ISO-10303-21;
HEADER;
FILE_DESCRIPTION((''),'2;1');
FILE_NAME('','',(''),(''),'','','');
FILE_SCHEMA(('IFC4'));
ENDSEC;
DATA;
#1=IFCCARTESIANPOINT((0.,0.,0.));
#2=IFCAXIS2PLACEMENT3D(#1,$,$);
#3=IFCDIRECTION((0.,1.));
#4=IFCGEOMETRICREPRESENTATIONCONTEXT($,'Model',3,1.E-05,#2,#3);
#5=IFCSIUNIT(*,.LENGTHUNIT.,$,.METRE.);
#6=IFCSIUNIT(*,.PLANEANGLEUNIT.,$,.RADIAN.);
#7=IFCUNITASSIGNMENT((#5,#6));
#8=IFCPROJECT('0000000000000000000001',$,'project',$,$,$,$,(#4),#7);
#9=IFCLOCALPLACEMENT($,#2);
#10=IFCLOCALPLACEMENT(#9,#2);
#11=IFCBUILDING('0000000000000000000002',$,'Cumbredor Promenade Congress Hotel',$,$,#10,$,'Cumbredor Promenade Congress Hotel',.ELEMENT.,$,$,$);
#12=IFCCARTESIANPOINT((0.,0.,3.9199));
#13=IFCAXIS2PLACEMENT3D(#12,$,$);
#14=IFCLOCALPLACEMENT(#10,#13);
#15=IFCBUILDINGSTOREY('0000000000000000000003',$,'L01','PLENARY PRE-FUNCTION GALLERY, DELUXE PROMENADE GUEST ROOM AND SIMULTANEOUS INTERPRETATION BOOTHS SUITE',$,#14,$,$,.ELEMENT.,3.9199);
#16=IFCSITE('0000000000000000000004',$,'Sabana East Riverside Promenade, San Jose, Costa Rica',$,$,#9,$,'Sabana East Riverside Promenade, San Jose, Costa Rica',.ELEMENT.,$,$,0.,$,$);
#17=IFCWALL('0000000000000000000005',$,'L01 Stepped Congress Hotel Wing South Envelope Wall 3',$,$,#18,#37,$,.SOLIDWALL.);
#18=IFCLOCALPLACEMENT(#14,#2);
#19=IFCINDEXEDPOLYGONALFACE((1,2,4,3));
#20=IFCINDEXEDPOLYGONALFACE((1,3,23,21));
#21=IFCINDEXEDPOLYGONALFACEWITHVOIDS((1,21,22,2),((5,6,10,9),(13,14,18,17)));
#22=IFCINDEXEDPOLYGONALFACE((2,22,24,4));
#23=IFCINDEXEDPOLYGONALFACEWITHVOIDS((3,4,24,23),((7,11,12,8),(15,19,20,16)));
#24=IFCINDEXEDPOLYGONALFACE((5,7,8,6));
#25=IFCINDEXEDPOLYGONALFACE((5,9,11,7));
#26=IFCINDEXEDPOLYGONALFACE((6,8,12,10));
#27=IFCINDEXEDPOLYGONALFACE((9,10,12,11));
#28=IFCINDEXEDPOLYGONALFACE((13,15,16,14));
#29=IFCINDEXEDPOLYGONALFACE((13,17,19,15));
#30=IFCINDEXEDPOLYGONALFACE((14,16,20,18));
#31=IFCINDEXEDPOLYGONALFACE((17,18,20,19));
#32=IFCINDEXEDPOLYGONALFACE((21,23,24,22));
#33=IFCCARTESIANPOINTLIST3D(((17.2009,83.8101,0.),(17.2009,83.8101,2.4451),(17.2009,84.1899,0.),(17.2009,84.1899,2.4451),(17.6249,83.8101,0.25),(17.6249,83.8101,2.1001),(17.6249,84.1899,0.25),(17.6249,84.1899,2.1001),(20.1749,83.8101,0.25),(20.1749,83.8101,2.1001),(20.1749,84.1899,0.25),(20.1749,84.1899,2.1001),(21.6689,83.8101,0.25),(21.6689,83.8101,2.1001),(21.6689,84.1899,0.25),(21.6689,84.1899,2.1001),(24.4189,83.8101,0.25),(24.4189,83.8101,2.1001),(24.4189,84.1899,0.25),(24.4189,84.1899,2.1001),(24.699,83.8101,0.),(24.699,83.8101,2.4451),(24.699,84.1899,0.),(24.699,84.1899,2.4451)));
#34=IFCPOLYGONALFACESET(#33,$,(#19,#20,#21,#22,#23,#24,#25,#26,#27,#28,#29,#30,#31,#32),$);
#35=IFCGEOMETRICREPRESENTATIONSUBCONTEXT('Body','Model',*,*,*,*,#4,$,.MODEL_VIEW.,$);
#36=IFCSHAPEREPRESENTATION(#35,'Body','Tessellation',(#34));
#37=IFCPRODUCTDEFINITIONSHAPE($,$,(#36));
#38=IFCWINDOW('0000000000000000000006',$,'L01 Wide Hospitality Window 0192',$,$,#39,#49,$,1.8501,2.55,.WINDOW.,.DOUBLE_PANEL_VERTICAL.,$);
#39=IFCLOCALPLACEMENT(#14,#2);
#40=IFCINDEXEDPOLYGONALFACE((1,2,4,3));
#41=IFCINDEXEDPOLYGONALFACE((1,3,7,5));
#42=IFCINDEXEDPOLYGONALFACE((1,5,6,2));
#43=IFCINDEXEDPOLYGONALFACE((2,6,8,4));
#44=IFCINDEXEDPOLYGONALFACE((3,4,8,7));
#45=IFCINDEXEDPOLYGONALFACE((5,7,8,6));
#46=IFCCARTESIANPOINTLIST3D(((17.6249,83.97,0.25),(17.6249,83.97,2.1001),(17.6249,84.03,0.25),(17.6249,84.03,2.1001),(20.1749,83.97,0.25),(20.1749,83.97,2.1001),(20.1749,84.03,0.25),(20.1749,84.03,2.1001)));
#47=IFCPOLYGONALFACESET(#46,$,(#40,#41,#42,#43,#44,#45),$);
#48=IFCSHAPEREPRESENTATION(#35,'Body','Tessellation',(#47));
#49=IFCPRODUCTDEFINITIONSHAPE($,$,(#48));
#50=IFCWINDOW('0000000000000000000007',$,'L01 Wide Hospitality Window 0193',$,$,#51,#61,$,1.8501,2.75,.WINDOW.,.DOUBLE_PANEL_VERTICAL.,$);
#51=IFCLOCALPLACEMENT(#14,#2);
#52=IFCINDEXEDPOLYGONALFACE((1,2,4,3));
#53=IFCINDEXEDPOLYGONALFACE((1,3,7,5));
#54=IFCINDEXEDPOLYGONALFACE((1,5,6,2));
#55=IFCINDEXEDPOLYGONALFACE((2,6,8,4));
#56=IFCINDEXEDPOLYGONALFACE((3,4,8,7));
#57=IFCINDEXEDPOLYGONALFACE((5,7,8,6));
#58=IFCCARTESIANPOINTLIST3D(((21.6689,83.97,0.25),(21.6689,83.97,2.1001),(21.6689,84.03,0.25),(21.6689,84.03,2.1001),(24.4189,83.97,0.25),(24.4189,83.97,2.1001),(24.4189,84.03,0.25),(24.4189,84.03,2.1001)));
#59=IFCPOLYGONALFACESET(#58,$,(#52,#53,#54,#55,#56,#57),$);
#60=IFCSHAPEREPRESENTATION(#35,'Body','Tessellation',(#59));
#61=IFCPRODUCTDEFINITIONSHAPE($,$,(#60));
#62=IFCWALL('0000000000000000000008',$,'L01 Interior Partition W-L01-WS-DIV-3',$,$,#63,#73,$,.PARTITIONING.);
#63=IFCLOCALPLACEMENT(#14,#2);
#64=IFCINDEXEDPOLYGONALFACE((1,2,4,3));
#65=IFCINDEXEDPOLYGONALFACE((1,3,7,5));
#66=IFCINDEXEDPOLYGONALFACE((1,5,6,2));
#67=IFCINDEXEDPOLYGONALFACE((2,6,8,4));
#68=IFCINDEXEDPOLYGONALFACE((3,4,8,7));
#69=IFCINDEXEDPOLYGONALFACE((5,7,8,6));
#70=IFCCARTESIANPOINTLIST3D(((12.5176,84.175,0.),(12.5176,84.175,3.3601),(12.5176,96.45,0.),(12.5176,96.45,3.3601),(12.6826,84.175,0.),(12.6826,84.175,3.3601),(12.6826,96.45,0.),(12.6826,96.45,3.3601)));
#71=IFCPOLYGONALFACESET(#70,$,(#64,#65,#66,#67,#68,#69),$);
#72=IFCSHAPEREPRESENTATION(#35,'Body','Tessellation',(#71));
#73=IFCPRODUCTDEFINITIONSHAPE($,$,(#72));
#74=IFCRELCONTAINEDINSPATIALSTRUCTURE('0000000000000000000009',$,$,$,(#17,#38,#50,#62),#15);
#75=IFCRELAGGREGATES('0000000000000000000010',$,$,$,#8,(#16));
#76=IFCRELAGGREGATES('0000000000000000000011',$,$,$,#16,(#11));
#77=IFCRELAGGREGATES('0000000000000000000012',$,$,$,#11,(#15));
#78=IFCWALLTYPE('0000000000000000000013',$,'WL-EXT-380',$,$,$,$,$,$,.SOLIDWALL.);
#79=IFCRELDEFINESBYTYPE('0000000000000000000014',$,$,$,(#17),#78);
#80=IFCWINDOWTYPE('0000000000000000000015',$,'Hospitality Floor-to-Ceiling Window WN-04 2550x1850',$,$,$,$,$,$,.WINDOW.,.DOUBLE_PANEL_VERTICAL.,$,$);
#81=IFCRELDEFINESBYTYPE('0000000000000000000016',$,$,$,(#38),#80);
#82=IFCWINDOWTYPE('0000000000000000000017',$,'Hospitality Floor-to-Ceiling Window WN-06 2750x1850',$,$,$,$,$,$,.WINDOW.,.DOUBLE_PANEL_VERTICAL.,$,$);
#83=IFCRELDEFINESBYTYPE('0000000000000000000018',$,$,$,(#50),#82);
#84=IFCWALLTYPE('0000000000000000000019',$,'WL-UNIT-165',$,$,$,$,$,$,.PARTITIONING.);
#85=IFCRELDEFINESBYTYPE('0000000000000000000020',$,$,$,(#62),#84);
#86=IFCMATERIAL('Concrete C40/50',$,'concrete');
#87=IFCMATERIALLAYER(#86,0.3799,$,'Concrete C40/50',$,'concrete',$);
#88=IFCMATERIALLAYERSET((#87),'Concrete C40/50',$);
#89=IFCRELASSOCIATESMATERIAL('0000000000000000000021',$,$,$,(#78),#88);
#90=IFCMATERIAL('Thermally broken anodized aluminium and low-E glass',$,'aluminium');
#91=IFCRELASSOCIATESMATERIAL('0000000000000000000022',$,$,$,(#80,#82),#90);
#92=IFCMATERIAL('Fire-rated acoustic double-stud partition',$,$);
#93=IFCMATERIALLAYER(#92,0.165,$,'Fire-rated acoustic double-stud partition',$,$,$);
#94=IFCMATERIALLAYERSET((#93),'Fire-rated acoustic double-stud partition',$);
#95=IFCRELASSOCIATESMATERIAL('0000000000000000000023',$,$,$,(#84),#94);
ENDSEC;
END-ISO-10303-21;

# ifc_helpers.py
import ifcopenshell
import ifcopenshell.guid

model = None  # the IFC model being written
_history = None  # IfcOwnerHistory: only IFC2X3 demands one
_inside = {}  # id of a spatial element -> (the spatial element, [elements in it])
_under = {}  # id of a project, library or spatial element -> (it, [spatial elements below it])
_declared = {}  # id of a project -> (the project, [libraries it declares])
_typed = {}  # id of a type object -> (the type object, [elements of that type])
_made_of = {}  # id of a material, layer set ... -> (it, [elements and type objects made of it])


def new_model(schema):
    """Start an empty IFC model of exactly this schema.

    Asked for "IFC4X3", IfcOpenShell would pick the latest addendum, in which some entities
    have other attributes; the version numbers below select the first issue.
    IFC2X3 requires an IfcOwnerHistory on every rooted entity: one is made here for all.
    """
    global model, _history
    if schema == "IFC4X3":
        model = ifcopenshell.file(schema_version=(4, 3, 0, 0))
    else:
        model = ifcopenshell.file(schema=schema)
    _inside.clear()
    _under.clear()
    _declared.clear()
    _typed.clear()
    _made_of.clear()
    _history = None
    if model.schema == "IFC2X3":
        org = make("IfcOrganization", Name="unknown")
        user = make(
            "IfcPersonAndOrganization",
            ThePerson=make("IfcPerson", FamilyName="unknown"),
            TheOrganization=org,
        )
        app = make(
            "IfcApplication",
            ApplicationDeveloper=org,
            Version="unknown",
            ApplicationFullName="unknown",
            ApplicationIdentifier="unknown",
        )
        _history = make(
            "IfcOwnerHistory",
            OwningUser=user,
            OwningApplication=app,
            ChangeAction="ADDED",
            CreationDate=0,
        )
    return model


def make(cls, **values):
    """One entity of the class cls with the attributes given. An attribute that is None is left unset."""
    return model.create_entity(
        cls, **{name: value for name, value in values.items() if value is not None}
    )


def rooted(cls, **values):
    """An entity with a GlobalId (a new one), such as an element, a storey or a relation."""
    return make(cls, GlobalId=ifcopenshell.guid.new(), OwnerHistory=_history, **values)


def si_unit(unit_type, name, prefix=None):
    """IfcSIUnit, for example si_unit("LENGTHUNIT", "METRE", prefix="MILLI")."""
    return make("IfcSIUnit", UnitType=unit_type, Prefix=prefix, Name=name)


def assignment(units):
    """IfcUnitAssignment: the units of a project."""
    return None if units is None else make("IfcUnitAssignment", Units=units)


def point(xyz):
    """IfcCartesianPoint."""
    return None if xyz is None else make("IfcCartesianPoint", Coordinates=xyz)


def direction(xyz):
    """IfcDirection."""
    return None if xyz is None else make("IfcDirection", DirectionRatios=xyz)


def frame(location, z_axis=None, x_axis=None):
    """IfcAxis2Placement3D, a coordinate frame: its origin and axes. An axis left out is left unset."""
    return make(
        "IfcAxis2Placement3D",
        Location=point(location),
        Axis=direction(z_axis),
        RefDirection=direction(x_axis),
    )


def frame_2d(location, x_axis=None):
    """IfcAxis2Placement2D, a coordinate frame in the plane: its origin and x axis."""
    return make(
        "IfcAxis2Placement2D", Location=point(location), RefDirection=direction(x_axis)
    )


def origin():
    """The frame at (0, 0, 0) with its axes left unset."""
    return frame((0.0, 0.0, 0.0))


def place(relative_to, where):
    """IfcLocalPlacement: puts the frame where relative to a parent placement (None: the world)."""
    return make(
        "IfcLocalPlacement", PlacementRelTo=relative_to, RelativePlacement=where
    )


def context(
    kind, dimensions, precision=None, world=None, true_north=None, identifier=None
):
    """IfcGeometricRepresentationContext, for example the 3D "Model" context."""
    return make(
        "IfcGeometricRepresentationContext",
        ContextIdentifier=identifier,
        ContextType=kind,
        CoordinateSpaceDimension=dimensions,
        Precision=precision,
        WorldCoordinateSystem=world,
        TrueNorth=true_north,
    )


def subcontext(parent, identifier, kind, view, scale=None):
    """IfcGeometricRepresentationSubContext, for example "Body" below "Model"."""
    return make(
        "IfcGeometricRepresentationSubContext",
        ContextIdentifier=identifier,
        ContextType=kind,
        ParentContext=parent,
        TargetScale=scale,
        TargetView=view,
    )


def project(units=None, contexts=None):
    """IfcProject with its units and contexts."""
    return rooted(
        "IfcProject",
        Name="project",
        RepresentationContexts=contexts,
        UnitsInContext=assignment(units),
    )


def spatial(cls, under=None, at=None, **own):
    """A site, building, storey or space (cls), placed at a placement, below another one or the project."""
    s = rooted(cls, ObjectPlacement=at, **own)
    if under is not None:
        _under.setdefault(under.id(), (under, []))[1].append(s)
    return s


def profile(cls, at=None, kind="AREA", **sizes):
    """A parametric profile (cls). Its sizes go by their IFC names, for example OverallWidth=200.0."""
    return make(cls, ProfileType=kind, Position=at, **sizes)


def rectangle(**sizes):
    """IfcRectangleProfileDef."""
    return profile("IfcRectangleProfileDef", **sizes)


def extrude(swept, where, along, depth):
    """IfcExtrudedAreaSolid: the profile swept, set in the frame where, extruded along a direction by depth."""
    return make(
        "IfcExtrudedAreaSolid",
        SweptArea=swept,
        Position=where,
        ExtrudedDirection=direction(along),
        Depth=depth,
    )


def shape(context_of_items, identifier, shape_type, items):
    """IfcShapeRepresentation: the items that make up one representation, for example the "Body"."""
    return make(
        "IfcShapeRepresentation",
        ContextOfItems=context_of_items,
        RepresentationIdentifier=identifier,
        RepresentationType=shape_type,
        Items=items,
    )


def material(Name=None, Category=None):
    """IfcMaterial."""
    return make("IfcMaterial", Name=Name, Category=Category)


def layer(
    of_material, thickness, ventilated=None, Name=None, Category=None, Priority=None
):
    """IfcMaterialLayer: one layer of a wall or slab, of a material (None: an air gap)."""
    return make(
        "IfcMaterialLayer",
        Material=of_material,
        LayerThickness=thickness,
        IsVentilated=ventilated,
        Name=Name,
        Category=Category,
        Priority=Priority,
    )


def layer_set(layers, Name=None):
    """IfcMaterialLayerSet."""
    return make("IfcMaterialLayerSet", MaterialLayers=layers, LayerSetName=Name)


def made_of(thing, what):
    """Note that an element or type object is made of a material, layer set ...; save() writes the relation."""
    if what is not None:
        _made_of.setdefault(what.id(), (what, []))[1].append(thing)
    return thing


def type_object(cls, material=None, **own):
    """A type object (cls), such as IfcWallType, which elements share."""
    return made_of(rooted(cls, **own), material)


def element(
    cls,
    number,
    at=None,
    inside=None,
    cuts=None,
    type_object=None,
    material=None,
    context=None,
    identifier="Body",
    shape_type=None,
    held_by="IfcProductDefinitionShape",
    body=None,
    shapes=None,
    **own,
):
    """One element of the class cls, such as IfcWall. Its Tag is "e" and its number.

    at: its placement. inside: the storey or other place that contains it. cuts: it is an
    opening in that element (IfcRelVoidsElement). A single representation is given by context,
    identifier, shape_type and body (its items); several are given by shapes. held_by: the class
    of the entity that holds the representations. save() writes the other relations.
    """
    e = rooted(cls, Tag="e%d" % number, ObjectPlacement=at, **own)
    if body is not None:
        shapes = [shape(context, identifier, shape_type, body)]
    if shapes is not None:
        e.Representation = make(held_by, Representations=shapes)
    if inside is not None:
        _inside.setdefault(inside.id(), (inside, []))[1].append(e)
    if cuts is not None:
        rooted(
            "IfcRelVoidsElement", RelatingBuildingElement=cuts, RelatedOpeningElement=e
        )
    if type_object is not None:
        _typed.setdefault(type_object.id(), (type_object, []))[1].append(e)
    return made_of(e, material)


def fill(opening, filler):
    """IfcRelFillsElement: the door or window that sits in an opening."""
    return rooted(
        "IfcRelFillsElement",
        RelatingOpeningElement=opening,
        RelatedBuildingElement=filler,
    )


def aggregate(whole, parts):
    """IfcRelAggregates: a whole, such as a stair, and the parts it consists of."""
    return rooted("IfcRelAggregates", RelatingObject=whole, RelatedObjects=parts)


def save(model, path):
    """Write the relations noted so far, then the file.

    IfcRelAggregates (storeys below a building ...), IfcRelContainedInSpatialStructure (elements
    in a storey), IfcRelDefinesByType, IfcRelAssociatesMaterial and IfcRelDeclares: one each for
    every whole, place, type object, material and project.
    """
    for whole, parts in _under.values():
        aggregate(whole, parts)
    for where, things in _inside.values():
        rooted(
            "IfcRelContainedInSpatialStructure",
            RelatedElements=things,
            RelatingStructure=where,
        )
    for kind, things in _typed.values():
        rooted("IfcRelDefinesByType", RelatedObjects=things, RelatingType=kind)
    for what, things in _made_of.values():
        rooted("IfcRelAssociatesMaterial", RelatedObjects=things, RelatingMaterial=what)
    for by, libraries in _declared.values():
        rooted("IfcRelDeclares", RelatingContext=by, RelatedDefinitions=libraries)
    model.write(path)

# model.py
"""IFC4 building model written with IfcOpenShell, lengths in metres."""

from ifc_helpers import new_model, si_unit, direction, frame, frame_2d, origin, place, context, subcontext, project, spatial, rectangle, extrude, material, layer, layer_set, type_object, element, fill, save


model = new_model("IFC4")

# Units and contexts
model_context = context("Model", 3, precision=1e-05, world=origin(), true_north=direction((0.0, 1.0)))
body_context = subcontext(model_context, "Body", "Model", "MODEL_VIEW")
ifc_project = project(units=[si_unit("LENGTHUNIT", "METRE"), si_unit("PLANEANGLEUNIT", "RADIAN")], contexts=[model_context])

# Site, building, storey
site_placement = place(None, origin())
site = spatial("IfcSite", under=ifc_project, at=site_placement, Name="Sabana East Riverside Promenade, San Jose, Costa Rica", LongName="Sabana East Riverside Promenade, San Jose, Costa Rica", CompositionType="ELEMENT", RefElevation=0.0)
building_placement = place(site_placement, origin())
building = spatial("IfcBuilding", under=site, at=building_placement, Name="Cumbredor Promenade Congress Hotel", LongName="Cumbredor Promenade Congress Hotel", CompositionType="ELEMENT")
storey_placement = place(building_placement, frame((0.0, 0.0, 3.9199)))
storey = spatial("IfcBuildingStorey", under=building, at=storey_placement, Name="L01", Description="PLENARY PRE-FUNCTION GALLERY, DELUXE PROMENADE GUEST ROOM AND SIMULTANEOUS INTERPRETATION BOOTHS SUITE", CompositionType="ELEMENT", Elevation=3.9199)

# Shared definitions
ifc_material_1 = material(Name="Concrete C40/50", Category="concrete")

# Shared definitions
ifc_material_2 = material(Name="Thermally broken anodized aluminium and low-E glass", Category="aluminium")

# Wall, openings, windows
ifc_layer_1 = layer(ifc_material_1, 0.3799, Name="Concrete C40/50", Category="concrete")
ifc_layer_set_1 = layer_set([ifc_layer_1], Name="Concrete C40/50")
wall_type_1 = type_object("IfcWallType", Name="WL-EXT-380", PredefinedType="SOLIDWALL", material=ifc_layer_set_1)
wall_1_placement = place(storey_placement, frame((17.2009, 84.0, 0.0), z_axis=(0.0, 0.0, 1.0), x_axis=(1.0, 0.0, 0.0)))
wall_1 = element("IfcWall", 1, at=wall_1_placement, inside=storey, type_object=wall_type_1, Name="L01 Stepped Congress Hotel Wing South Envelope Wall 3", PredefinedType="SOLIDWALL", context=body_context, shape_type="SweptSolid", body=[
    extrude(rectangle(XDim=7.498, YDim=0.3799, at=frame_2d((3.749, 0.0))), origin(), (0.0, 0.0, 1.0), 2.4451),
])
opening_1_placement = place(wall_1_placement, frame((0.4241, 0.0, 0.25)))
opening_1 = element("IfcOpeningElement", 2, at=opening_1_placement, cuts=wall_1, PredefinedType="OPENING", context=body_context, shape_type="SweptSolid", body=[
    extrude(rectangle(XDim=2.55, YDim=1.8501, at=frame_2d((1.2749, 0.925))), frame((0.0, 0.2, 0.0), z_axis=(0.0, -1.0, 0.0), x_axis=(1.0, 0.0, 0.0)), (0.0, 0.0, 1.0), 0.3999),
])
opening_2_placement = place(wall_1_placement, frame((4.468, 0.0, 0.25)))
opening_2 = element("IfcOpeningElement", 3, at=opening_2_placement, cuts=wall_1, PredefinedType="OPENING", context=body_context, shape_type="SweptSolid", body=[
    extrude(rectangle(XDim=2.75, YDim=1.8501, at=frame_2d((1.375, 0.925))), frame((0.0, 0.2, 0.0), z_axis=(0.0, -1.0, 0.0), x_axis=(1.0, 0.0, 0.0)), (0.0, 0.0, 1.0), 0.3999),
])
window_type_1 = type_object("IfcWindowType", Name="Hospitality Floor-to-Ceiling Window WN-04 2550x1850", PartitioningType="DOUBLE_PANEL_VERTICAL", PredefinedType="WINDOW", material=ifc_material_2)
window_1_placement = place(opening_1_placement, origin())
window_1 = element("IfcWindow", 4, at=window_1_placement, inside=storey, type_object=window_type_1, Name="L01 Wide Hospitality Window 0192", OverallHeight=1.8501, OverallWidth=2.55, PartitioningType="DOUBLE_PANEL_VERTICAL", PredefinedType="WINDOW", context=body_context, shape_type="SweptSolid", body=[
    extrude(rectangle(XDim=2.55, YDim=1.8501, at=frame_2d((1.2749, 0.925))), frame((0.0, 0.03, 0.0), z_axis=(0.0, -1.0, 0.0), x_axis=(1.0, 0.0, 0.0)), (0.0, 0.0, 1.0), 0.0601),
])
fill(opening_1, window_1)
window_type_2 = type_object("IfcWindowType", Name="Hospitality Floor-to-Ceiling Window WN-06 2750x1850", PartitioningType="DOUBLE_PANEL_VERTICAL", PredefinedType="WINDOW", material=ifc_material_2)
window_2_placement = place(opening_2_placement, origin())
window_2 = element("IfcWindow", 5, at=window_2_placement, inside=storey, type_object=window_type_2, Name="L01 Wide Hospitality Window 0193", OverallHeight=1.8501, OverallWidth=2.75, PartitioningType="DOUBLE_PANEL_VERTICAL", PredefinedType="WINDOW", context=body_context, shape_type="SweptSolid", body=[
    extrude(rectangle(XDim=2.75, YDim=1.8501, at=frame_2d((1.375, 0.925))), frame((0.0, 0.03, 0.0), z_axis=(0.0, -1.0, 0.0), x_axis=(1.0, 0.0, 0.0)), (0.0, 0.0, 1.0), 0.0601),
])
fill(opening_2, window_2)

# Wall
ifc_material_3 = material(Name="Fire-rated acoustic double-stud partition")
ifc_layer_2 = layer(ifc_material_3, 0.165, Name="Fire-rated acoustic double-stud partition")
ifc_layer_set_2 = layer_set([ifc_layer_2], Name="Fire-rated acoustic double-stud partition")
wall_type_2 = type_object("IfcWallType", Name="WL-UNIT-165", PredefinedType="PARTITIONING", material=ifc_layer_set_2)
wall_2_placement = place(storey_placement, frame((12.6001, 84.175, 0.0), z_axis=(0.0, 0.0, 1.0), x_axis=(0.0, 1.0, 0.0)))
element("IfcWall", 6, at=wall_2_placement, inside=storey, type_object=wall_type_2, Name="L01 Interior Partition W-L01-WS-DIV-3", PredefinedType="PARTITIONING", context=body_context, shape_type="SweptSolid", body=[
    extrude(rectangle(XDim=12.2749, YDim=0.165, at=frame_2d((6.1375, 0.0))), origin(), (0.0, 0.0, 1.0), 3.3601),
])

save(model, "model.ifc")
